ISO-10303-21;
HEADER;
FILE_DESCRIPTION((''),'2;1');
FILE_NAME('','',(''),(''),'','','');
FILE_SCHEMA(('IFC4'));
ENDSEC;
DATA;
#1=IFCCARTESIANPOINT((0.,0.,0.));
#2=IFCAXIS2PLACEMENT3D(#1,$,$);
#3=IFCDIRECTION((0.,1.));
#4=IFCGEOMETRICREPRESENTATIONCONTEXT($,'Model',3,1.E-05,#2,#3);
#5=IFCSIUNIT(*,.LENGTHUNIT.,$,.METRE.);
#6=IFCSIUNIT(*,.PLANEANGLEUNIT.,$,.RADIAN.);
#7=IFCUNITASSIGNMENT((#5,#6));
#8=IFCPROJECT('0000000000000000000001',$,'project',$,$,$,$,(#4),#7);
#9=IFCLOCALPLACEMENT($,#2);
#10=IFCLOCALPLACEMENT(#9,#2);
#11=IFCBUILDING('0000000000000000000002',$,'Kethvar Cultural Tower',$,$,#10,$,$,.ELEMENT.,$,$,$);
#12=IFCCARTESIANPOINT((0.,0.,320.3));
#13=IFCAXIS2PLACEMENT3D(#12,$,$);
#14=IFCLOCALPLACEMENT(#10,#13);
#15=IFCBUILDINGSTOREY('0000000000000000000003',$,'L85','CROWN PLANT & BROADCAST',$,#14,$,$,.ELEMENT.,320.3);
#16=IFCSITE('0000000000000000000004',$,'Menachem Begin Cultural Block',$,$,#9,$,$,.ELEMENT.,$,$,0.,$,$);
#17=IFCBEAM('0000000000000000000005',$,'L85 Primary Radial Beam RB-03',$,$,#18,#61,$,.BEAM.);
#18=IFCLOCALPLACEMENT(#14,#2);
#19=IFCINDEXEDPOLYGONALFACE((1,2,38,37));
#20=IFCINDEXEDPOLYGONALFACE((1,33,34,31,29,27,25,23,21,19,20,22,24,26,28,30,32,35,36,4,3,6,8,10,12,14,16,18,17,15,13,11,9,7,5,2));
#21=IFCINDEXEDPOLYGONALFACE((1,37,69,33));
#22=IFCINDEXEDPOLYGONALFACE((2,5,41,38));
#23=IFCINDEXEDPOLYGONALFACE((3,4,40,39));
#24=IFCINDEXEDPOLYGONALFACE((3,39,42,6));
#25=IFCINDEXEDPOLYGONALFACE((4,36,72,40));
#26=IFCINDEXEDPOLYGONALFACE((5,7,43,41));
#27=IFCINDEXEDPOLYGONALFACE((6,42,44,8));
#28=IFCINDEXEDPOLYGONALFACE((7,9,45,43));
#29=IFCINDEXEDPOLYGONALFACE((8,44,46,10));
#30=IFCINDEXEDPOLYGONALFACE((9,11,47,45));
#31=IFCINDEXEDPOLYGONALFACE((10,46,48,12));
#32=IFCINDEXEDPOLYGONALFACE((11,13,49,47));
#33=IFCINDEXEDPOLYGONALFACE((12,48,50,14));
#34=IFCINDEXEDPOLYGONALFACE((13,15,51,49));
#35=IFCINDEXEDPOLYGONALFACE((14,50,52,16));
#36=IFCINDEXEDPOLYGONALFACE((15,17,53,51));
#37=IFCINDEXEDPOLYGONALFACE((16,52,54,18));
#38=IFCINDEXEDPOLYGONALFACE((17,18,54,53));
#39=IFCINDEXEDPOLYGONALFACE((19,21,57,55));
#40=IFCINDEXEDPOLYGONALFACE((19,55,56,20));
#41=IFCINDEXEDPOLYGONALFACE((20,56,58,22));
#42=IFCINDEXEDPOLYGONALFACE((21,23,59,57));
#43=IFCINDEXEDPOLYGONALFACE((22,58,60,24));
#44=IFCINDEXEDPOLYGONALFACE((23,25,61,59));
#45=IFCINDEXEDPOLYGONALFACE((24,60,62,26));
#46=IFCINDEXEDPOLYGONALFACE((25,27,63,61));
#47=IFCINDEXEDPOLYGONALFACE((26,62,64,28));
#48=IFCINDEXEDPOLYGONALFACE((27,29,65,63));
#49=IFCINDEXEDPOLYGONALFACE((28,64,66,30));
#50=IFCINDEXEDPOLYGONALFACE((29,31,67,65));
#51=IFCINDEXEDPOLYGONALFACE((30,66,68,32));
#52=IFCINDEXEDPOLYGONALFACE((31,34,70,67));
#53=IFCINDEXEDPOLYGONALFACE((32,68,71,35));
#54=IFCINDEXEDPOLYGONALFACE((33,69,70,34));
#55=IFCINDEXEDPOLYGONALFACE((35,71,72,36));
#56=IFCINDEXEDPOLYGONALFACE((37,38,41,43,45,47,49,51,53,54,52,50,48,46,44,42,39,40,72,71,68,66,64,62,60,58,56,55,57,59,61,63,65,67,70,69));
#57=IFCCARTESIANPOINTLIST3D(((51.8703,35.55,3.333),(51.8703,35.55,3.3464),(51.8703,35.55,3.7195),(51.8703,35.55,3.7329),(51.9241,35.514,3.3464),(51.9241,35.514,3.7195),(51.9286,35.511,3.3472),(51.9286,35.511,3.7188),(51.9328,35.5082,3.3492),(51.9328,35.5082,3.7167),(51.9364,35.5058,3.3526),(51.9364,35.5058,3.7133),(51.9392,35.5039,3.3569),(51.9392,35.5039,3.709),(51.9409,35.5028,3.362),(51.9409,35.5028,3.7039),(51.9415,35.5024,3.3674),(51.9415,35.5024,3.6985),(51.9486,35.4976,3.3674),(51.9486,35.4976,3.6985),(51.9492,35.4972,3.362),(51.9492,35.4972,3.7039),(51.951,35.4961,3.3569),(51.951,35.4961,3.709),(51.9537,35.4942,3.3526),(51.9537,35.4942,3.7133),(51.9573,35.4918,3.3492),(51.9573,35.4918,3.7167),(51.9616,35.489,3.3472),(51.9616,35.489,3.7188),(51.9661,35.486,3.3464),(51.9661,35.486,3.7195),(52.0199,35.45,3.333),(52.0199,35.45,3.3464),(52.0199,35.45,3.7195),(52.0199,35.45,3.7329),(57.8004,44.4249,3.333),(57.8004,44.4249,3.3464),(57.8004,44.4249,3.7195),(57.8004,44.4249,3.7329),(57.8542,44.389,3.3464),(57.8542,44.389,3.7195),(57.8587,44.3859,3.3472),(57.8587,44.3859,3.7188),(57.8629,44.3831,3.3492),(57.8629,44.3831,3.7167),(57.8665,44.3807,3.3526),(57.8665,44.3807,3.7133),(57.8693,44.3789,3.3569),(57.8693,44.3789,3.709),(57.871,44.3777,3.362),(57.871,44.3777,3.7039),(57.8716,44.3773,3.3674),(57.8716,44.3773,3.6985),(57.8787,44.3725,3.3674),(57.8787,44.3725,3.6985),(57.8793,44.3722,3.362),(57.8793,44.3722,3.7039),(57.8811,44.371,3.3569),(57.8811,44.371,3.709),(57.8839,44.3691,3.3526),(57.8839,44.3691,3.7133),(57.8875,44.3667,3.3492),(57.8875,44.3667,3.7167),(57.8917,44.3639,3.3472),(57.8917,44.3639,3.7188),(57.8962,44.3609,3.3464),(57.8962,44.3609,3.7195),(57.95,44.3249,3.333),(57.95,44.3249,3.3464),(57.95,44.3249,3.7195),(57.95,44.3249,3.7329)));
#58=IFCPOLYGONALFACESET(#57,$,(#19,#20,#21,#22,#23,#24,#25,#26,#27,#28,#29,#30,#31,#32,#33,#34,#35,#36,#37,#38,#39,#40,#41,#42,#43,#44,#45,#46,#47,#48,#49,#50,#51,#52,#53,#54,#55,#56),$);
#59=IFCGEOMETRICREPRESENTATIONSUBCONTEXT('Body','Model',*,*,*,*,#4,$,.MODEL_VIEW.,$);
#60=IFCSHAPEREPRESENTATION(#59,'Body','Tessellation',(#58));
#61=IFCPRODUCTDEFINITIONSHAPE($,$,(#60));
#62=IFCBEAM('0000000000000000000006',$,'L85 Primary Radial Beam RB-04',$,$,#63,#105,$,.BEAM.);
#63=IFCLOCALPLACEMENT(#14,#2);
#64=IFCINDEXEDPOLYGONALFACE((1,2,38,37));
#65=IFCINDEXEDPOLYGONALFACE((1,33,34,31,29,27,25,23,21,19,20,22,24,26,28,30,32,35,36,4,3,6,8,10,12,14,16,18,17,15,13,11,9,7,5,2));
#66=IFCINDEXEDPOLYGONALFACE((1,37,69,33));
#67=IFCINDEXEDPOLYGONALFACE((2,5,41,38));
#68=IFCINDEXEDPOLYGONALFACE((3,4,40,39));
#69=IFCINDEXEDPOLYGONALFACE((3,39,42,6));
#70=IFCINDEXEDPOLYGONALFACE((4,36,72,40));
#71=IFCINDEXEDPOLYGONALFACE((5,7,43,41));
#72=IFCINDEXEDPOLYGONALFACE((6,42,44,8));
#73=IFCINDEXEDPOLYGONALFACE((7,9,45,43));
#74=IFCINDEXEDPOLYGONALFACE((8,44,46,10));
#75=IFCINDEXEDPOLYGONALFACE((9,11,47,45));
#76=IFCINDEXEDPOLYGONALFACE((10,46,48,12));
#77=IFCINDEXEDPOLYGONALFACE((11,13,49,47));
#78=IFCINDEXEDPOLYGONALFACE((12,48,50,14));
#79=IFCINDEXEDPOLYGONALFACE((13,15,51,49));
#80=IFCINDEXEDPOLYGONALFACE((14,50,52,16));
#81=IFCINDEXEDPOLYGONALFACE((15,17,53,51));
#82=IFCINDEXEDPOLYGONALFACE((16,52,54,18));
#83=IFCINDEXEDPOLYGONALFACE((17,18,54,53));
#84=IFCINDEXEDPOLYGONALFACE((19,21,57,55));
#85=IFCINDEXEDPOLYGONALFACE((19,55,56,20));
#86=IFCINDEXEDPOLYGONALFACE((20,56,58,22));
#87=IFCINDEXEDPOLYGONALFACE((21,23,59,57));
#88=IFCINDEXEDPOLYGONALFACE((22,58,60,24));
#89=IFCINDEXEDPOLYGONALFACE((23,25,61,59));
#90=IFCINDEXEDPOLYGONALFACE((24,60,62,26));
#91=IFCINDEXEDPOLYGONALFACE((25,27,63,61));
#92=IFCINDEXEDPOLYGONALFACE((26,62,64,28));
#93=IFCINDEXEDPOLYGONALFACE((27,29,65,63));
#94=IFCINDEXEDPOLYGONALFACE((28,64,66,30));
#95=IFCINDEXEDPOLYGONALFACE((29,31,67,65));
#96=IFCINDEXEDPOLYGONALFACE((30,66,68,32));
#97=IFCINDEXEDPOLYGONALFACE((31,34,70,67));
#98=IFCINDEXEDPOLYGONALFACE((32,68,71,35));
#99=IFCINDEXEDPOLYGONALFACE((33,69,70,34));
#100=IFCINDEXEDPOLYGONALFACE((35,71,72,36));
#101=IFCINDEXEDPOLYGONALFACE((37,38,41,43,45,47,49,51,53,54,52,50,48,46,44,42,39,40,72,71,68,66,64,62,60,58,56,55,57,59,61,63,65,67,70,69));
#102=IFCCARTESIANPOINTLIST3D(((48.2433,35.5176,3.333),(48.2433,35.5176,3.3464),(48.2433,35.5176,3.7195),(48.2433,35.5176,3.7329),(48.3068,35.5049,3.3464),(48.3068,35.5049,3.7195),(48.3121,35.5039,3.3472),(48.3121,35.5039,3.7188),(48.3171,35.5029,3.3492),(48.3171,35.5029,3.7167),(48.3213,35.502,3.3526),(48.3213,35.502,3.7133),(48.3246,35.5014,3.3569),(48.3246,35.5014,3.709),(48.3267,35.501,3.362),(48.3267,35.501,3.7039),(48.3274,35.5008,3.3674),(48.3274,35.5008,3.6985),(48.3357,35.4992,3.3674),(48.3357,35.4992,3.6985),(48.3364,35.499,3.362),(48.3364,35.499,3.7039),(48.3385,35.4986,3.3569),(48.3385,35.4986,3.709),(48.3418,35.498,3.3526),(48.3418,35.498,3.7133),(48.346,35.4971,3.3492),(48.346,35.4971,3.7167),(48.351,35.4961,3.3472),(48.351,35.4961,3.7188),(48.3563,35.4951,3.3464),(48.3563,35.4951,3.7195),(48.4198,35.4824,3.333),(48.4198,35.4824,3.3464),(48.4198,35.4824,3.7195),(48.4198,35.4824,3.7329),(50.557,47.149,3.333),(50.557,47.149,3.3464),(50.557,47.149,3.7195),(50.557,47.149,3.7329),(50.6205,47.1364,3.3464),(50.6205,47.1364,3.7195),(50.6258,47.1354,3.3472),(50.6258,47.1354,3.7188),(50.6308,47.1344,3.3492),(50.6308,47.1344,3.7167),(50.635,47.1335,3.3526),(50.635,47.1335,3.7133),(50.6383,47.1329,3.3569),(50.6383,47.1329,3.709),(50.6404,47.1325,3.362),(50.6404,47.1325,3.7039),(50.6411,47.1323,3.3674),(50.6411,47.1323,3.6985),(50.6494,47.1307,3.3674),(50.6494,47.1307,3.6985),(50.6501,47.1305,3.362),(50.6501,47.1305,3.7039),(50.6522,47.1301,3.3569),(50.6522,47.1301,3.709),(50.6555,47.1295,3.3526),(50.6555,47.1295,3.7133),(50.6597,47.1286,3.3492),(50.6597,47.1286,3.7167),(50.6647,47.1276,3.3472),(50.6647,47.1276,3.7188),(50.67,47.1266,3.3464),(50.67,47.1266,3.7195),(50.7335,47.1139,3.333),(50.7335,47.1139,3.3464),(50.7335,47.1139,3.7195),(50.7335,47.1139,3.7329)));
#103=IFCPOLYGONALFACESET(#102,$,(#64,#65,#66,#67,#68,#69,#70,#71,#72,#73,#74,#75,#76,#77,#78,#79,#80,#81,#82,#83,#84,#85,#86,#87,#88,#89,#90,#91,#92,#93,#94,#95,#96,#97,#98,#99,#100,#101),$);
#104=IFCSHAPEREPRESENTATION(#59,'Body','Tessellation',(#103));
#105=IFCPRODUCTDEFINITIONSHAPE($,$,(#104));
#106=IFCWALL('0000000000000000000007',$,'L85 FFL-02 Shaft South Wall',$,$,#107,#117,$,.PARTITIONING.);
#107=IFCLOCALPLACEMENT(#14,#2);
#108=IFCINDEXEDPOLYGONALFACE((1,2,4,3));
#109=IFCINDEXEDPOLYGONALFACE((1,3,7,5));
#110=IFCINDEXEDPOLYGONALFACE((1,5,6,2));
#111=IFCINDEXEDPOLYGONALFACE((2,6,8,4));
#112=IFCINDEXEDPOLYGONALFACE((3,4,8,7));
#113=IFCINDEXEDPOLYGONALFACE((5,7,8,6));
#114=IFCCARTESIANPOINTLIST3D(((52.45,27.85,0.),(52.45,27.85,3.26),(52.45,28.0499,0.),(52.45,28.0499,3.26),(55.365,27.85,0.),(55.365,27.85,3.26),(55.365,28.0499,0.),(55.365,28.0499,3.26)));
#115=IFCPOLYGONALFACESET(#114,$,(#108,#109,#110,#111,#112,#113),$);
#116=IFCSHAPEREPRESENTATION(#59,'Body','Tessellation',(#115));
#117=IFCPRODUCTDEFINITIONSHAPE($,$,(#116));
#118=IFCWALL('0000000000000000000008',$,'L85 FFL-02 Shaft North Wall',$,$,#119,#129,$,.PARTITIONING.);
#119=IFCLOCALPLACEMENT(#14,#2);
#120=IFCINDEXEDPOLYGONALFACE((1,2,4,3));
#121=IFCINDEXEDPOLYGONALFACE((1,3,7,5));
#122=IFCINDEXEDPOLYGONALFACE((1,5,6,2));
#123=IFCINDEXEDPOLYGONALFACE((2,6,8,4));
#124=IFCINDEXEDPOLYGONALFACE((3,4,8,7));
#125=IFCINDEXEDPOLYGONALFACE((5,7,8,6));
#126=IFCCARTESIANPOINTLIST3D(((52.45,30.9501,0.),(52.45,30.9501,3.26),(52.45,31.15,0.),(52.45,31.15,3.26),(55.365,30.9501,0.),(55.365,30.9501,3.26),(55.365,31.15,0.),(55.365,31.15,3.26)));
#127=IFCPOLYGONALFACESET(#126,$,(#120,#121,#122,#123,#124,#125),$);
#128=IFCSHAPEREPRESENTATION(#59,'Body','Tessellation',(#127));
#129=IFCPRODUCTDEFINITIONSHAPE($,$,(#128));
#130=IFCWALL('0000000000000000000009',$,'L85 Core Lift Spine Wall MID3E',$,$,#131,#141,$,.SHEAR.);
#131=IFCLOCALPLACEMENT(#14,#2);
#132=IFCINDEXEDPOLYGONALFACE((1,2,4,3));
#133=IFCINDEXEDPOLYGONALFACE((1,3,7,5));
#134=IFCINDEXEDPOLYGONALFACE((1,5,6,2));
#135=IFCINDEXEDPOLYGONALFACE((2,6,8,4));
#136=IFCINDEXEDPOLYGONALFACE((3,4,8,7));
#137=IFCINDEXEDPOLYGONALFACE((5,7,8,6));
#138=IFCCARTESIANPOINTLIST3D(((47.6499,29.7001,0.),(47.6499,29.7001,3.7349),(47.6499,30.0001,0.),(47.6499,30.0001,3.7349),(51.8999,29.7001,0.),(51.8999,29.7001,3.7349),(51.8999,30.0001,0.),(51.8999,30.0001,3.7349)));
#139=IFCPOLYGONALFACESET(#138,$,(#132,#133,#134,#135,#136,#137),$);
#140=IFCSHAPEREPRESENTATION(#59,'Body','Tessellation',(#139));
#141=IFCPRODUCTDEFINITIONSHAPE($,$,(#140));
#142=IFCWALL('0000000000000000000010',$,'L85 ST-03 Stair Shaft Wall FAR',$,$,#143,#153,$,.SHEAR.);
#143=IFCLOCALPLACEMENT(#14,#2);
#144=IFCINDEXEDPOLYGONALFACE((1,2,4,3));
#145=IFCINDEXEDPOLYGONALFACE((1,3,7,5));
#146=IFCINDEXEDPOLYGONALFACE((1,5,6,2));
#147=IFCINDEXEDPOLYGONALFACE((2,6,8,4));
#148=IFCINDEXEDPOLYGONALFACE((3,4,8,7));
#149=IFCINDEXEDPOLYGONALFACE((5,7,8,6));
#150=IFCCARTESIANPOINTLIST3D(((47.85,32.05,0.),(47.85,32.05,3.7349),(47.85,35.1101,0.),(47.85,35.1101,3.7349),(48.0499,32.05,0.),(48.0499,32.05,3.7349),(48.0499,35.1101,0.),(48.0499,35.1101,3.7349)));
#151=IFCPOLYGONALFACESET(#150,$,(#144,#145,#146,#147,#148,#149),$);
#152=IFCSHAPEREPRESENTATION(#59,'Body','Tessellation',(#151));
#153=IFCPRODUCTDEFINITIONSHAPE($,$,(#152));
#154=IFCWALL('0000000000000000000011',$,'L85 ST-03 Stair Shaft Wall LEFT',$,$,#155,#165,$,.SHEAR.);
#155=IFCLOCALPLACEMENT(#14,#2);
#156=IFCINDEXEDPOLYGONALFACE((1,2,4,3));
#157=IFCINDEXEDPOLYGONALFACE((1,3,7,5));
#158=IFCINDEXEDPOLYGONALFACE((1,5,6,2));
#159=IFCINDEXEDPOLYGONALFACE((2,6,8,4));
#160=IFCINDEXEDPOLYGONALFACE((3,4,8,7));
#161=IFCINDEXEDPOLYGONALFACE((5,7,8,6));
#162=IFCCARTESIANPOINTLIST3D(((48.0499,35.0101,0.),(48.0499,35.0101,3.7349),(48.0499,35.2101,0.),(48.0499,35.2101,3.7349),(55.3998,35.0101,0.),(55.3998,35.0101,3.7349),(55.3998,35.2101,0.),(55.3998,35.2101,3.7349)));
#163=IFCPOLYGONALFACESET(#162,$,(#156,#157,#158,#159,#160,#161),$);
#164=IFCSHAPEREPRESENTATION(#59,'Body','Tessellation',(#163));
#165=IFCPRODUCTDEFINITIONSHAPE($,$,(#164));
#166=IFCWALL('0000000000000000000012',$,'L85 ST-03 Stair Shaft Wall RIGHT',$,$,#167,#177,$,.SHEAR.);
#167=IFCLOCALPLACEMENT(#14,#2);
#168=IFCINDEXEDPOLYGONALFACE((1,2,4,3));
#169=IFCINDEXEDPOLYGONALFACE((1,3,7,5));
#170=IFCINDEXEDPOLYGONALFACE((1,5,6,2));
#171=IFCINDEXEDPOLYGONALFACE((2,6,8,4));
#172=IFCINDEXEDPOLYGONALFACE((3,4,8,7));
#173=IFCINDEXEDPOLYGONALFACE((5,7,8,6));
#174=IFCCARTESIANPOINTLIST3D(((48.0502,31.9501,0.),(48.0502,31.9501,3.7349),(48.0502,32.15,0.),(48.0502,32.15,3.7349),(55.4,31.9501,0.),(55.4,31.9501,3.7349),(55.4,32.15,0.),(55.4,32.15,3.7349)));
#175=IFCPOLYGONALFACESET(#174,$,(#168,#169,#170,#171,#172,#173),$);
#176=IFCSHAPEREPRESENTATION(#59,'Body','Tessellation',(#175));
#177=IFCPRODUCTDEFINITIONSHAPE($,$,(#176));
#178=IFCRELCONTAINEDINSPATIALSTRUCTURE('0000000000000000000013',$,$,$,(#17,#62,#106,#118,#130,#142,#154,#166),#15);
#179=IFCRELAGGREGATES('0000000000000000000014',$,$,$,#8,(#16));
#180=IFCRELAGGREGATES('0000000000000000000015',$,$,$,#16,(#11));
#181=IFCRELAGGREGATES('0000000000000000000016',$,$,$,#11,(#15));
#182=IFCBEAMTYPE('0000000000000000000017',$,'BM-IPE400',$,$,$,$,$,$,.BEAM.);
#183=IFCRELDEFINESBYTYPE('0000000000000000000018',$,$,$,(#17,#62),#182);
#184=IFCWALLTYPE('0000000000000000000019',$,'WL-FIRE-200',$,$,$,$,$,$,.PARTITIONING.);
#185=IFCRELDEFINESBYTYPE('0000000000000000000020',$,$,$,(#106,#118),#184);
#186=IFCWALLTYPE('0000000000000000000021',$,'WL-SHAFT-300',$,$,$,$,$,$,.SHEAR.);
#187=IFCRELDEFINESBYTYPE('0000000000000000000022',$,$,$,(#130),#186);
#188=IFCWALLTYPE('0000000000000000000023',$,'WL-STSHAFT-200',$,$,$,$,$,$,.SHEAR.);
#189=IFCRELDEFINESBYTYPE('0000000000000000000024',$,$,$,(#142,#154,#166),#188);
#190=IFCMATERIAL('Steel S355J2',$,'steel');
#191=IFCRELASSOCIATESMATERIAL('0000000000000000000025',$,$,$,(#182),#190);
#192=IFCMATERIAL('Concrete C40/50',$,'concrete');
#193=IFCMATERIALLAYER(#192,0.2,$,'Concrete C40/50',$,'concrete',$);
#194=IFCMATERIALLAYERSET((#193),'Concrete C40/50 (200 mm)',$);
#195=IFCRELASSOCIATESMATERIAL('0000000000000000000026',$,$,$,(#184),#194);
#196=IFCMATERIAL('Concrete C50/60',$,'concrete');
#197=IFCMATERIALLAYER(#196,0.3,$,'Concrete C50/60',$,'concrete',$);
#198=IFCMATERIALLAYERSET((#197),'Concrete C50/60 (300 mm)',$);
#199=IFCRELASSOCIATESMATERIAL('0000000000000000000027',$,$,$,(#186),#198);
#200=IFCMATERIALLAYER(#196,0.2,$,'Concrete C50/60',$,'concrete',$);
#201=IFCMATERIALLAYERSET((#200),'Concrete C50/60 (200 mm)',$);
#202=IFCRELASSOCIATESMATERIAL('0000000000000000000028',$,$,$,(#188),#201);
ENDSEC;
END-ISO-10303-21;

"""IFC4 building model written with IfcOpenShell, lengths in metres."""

from ifc_helpers import new_model, si_unit, direction, frame, frame_2d, origin, origin_2d, place, context, subcontext, project, spatial, rectangle, i_section, extrude, source, transform, mapped, material, layer, layer_set, material_profile, profile_set, type_object, element, save


model = new_model("IFC4")

# Units and contexts
model_context = context("Model", 3, precision=1e-05, world=origin(), true_north=direction((0.0, 1.0)))
body_context = subcontext(model_context, "Body", "Model", "MODEL_VIEW")
ifc_project = project(units=[si_unit("LENGTHUNIT", "METRE"), si_unit("PLANEANGLEUNIT", "RADIAN")], contexts=[model_context])

# Site, building, storey
site_placement = place(None, origin())
site = spatial("IfcSite", under=ifc_project, at=site_placement, Name="Menachem Begin Cultural Block", CompositionType="ELEMENT", RefElevation=0.0)
building_placement = place(site_placement, origin())
building = spatial("IfcBuilding", under=site, at=building_placement, Name="Kethvar Cultural Tower", CompositionType="ELEMENT")
storey_placement = place(building_placement, frame((0.0, 0.0, 320.3)))
storey = spatial("IfcBuildingStorey", under=building, at=storey_placement, Name="L85", Description="CROWN PLANT & BROADCAST", CompositionType="ELEMENT", Elevation=320.3)

# Beams
ifc_material_1 = material(Name="Steel S355J2", Category="steel")
ifc_material_profile_1 = material_profile(ifc_material_1, i_section(OverallWidth=0.1799, OverallDepth=0.3999, WebThickness=0.0085, FlangeThickness=0.0134, FilletRadius=0.021, at=origin_2d()), Name="Steel S355J2 — IPE400")
ifc_profile_set_1 = profile_set([ifc_material_profile_1], Name="Steel S355J2 — IPE400")
beam_type_1 = type_object("IfcBeamType", Name="BM-IPE400", PredefinedType="BEAM", material=ifc_profile_set_1)
shared_shape_1 = source(origin(), body_context, "Body", "SweptSolid", [
    extrude(i_section(OverallWidth=0.1799, OverallDepth=0.3999, WebThickness=0.0085, FlangeThickness=0.0134, FilletRadius=0.021, at=origin_2d()), origin(), (0.0, 0.0, 1.0), 10.6738),
])
beam_1_placement = place(storey_placement, frame((51.9451, 35.5, 3.533), z_axis=(0.555576, 0.831466, 0.0), x_axis=(-0.831466, 0.555576, 0.0)))
element("IfcBeam", 1, at=beam_1_placement, inside=storey, type_object=beam_type_1, Name="L85 Primary Radial Beam RB-03", PredefinedType="BEAM", context=body_context, shape_type="MappedRepresentation", body=[
    mapped(shared_shape_1, transform((0.0, 0.0, 0.0), scale=1.0)),
])
shared_shape_2 = source(origin(), body_context, "Body", "SweptSolid", [
    extrude(i_section(OverallWidth=0.1799, OverallDepth=0.3999, WebThickness=0.0085, FlangeThickness=0.0134, FilletRadius=0.021, at=origin_2d()), origin(), (0.0, 0.0, 1.0), 11.8594),
])
beam_2_placement = place(storey_placement, frame((48.3315, 35.5, 3.533), z_axis=(0.195095, 0.980784, 0.0), x_axis=(-0.980784, 0.195095, 0.0)))
element("IfcBeam", 2, at=beam_2_placement, inside=storey, type_object=beam_type_1, Name="L85 Primary Radial Beam RB-04", PredefinedType="BEAM", context=body_context, shape_type="MappedRepresentation", body=[
    mapped(shared_shape_2, transform((0.0, 0.0, 0.0), scale=1.0)),
])

# Walls
ifc_material_2 = material(Name="Concrete C40/50", Category="concrete")
ifc_layer_1 = layer(ifc_material_2, 0.2, Name="Concrete C40/50", Category="concrete")
ifc_layer_set_1 = layer_set([ifc_layer_1], Name="Concrete C40/50 (200 mm)")
wall_type_1 = type_object("IfcWallType", Name="WL-FIRE-200", PredefinedType="PARTITIONING", material=ifc_layer_set_1)
for number, where, z_axis, x_axis, name in (
    (3, (52.45, 27.95, 0.0), (0.0, 0.0, 1.0), (1.0, 0.0, 0.0), "L85 FFL-02 Shaft South Wall"),
    (4, (52.45, 31.05, 0.0), (0.0, 0.0, 1.0), (1.0, 0.0, 0.0), "L85 FFL-02 Shaft North Wall"),
):
    element("IfcWall", number, at=place(storey_placement, frame(where, z_axis=z_axis, x_axis=x_axis)), inside=storey, type_object=wall_type_1, Name=name, PredefinedType="PARTITIONING", context=body_context, shape_type="SweptSolid", body=[
        extrude(rectangle(XDim=2.915, YDim=0.2, at=frame_2d((1.4575, 0.0))), origin(), (0.0, 0.0, 1.0), 3.26),
    ])
ifc_material_3 = material(Name="Concrete C50/60", Category="concrete")
ifc_layer_2 = layer(ifc_material_3, 0.3, Name="Concrete C50/60", Category="concrete")
ifc_layer_set_2 = layer_set([ifc_layer_2], Name="Concrete C50/60 (300 mm)")
wall_type_2 = type_object("IfcWallType", Name="WL-SHAFT-300", PredefinedType="SHEAR", material=ifc_layer_set_2)
wall_1_placement = place(storey_placement, frame((47.6499, 29.8501, 0.0), z_axis=(0.0, 0.0, 1.0), x_axis=(1.0, 0.0, 0.0)))
element("IfcWall", 5, at=wall_1_placement, inside=storey, type_object=wall_type_2, Name="L85 Core Lift Spine Wall MID3E", PredefinedType="SHEAR", context=body_context, shape_type="SweptSolid", body=[
    extrude(rectangle(XDim=4.25, YDim=0.3, at=frame_2d((2.125, 0.0))), origin(), (0.0, 0.0, 1.0), 3.7349),
])
ifc_layer_3 = layer(ifc_material_3, 0.2, Name="Concrete C50/60", Category="concrete")
ifc_layer_set_3 = layer_set([ifc_layer_3], Name="Concrete C50/60 (200 mm)")
wall_type_3 = type_object("IfcWallType", Name="WL-STSHAFT-200", PredefinedType="SHEAR", material=ifc_layer_set_3)
wall_2_placement = place(storey_placement, frame((47.95, 32.05, 0.0), z_axis=(0.0, 0.0, 1.0), x_axis=(0.0, 1.0, 0.0)))
element("IfcWall", 6, at=wall_2_placement, inside=storey, type_object=wall_type_3, Name="L85 ST-03 Stair Shaft Wall FAR", PredefinedType="SHEAR", context=body_context, shape_type="SweptSolid", body=[
    extrude(rectangle(XDim=3.0601, YDim=0.2, at=frame_2d((1.53, 0.0))), origin(), (0.0, 0.0, 1.0), 3.7349),
])
for number, where, z_axis, x_axis, name in (
    (7, (48.05, 35.1101, 0.0), (0.0, 0.0, 1.0), (1.0, 0.0, 0.0), "L85 ST-03 Stair Shaft Wall LEFT"),
    (8, (55.3999, 32.05, 0.0), (0.0, 0.0, 1.0), (-1.0, 0.0, 0.0), "L85 ST-03 Stair Shaft Wall RIGHT"),
):
    element("IfcWall", number, at=place(storey_placement, frame(where, z_axis=z_axis, x_axis=x_axis)), inside=storey, type_object=wall_type_3, Name=name, PredefinedType="SHEAR", context=body_context, shape_type="SweptSolid", body=[
        extrude(rectangle(XDim=7.3499, YDim=0.2, at=frame_2d((3.6748, 0.0))), origin(), (0.0, 0.0, 1.0), 3.7349),
    ])

save(model, "model.ifc")
